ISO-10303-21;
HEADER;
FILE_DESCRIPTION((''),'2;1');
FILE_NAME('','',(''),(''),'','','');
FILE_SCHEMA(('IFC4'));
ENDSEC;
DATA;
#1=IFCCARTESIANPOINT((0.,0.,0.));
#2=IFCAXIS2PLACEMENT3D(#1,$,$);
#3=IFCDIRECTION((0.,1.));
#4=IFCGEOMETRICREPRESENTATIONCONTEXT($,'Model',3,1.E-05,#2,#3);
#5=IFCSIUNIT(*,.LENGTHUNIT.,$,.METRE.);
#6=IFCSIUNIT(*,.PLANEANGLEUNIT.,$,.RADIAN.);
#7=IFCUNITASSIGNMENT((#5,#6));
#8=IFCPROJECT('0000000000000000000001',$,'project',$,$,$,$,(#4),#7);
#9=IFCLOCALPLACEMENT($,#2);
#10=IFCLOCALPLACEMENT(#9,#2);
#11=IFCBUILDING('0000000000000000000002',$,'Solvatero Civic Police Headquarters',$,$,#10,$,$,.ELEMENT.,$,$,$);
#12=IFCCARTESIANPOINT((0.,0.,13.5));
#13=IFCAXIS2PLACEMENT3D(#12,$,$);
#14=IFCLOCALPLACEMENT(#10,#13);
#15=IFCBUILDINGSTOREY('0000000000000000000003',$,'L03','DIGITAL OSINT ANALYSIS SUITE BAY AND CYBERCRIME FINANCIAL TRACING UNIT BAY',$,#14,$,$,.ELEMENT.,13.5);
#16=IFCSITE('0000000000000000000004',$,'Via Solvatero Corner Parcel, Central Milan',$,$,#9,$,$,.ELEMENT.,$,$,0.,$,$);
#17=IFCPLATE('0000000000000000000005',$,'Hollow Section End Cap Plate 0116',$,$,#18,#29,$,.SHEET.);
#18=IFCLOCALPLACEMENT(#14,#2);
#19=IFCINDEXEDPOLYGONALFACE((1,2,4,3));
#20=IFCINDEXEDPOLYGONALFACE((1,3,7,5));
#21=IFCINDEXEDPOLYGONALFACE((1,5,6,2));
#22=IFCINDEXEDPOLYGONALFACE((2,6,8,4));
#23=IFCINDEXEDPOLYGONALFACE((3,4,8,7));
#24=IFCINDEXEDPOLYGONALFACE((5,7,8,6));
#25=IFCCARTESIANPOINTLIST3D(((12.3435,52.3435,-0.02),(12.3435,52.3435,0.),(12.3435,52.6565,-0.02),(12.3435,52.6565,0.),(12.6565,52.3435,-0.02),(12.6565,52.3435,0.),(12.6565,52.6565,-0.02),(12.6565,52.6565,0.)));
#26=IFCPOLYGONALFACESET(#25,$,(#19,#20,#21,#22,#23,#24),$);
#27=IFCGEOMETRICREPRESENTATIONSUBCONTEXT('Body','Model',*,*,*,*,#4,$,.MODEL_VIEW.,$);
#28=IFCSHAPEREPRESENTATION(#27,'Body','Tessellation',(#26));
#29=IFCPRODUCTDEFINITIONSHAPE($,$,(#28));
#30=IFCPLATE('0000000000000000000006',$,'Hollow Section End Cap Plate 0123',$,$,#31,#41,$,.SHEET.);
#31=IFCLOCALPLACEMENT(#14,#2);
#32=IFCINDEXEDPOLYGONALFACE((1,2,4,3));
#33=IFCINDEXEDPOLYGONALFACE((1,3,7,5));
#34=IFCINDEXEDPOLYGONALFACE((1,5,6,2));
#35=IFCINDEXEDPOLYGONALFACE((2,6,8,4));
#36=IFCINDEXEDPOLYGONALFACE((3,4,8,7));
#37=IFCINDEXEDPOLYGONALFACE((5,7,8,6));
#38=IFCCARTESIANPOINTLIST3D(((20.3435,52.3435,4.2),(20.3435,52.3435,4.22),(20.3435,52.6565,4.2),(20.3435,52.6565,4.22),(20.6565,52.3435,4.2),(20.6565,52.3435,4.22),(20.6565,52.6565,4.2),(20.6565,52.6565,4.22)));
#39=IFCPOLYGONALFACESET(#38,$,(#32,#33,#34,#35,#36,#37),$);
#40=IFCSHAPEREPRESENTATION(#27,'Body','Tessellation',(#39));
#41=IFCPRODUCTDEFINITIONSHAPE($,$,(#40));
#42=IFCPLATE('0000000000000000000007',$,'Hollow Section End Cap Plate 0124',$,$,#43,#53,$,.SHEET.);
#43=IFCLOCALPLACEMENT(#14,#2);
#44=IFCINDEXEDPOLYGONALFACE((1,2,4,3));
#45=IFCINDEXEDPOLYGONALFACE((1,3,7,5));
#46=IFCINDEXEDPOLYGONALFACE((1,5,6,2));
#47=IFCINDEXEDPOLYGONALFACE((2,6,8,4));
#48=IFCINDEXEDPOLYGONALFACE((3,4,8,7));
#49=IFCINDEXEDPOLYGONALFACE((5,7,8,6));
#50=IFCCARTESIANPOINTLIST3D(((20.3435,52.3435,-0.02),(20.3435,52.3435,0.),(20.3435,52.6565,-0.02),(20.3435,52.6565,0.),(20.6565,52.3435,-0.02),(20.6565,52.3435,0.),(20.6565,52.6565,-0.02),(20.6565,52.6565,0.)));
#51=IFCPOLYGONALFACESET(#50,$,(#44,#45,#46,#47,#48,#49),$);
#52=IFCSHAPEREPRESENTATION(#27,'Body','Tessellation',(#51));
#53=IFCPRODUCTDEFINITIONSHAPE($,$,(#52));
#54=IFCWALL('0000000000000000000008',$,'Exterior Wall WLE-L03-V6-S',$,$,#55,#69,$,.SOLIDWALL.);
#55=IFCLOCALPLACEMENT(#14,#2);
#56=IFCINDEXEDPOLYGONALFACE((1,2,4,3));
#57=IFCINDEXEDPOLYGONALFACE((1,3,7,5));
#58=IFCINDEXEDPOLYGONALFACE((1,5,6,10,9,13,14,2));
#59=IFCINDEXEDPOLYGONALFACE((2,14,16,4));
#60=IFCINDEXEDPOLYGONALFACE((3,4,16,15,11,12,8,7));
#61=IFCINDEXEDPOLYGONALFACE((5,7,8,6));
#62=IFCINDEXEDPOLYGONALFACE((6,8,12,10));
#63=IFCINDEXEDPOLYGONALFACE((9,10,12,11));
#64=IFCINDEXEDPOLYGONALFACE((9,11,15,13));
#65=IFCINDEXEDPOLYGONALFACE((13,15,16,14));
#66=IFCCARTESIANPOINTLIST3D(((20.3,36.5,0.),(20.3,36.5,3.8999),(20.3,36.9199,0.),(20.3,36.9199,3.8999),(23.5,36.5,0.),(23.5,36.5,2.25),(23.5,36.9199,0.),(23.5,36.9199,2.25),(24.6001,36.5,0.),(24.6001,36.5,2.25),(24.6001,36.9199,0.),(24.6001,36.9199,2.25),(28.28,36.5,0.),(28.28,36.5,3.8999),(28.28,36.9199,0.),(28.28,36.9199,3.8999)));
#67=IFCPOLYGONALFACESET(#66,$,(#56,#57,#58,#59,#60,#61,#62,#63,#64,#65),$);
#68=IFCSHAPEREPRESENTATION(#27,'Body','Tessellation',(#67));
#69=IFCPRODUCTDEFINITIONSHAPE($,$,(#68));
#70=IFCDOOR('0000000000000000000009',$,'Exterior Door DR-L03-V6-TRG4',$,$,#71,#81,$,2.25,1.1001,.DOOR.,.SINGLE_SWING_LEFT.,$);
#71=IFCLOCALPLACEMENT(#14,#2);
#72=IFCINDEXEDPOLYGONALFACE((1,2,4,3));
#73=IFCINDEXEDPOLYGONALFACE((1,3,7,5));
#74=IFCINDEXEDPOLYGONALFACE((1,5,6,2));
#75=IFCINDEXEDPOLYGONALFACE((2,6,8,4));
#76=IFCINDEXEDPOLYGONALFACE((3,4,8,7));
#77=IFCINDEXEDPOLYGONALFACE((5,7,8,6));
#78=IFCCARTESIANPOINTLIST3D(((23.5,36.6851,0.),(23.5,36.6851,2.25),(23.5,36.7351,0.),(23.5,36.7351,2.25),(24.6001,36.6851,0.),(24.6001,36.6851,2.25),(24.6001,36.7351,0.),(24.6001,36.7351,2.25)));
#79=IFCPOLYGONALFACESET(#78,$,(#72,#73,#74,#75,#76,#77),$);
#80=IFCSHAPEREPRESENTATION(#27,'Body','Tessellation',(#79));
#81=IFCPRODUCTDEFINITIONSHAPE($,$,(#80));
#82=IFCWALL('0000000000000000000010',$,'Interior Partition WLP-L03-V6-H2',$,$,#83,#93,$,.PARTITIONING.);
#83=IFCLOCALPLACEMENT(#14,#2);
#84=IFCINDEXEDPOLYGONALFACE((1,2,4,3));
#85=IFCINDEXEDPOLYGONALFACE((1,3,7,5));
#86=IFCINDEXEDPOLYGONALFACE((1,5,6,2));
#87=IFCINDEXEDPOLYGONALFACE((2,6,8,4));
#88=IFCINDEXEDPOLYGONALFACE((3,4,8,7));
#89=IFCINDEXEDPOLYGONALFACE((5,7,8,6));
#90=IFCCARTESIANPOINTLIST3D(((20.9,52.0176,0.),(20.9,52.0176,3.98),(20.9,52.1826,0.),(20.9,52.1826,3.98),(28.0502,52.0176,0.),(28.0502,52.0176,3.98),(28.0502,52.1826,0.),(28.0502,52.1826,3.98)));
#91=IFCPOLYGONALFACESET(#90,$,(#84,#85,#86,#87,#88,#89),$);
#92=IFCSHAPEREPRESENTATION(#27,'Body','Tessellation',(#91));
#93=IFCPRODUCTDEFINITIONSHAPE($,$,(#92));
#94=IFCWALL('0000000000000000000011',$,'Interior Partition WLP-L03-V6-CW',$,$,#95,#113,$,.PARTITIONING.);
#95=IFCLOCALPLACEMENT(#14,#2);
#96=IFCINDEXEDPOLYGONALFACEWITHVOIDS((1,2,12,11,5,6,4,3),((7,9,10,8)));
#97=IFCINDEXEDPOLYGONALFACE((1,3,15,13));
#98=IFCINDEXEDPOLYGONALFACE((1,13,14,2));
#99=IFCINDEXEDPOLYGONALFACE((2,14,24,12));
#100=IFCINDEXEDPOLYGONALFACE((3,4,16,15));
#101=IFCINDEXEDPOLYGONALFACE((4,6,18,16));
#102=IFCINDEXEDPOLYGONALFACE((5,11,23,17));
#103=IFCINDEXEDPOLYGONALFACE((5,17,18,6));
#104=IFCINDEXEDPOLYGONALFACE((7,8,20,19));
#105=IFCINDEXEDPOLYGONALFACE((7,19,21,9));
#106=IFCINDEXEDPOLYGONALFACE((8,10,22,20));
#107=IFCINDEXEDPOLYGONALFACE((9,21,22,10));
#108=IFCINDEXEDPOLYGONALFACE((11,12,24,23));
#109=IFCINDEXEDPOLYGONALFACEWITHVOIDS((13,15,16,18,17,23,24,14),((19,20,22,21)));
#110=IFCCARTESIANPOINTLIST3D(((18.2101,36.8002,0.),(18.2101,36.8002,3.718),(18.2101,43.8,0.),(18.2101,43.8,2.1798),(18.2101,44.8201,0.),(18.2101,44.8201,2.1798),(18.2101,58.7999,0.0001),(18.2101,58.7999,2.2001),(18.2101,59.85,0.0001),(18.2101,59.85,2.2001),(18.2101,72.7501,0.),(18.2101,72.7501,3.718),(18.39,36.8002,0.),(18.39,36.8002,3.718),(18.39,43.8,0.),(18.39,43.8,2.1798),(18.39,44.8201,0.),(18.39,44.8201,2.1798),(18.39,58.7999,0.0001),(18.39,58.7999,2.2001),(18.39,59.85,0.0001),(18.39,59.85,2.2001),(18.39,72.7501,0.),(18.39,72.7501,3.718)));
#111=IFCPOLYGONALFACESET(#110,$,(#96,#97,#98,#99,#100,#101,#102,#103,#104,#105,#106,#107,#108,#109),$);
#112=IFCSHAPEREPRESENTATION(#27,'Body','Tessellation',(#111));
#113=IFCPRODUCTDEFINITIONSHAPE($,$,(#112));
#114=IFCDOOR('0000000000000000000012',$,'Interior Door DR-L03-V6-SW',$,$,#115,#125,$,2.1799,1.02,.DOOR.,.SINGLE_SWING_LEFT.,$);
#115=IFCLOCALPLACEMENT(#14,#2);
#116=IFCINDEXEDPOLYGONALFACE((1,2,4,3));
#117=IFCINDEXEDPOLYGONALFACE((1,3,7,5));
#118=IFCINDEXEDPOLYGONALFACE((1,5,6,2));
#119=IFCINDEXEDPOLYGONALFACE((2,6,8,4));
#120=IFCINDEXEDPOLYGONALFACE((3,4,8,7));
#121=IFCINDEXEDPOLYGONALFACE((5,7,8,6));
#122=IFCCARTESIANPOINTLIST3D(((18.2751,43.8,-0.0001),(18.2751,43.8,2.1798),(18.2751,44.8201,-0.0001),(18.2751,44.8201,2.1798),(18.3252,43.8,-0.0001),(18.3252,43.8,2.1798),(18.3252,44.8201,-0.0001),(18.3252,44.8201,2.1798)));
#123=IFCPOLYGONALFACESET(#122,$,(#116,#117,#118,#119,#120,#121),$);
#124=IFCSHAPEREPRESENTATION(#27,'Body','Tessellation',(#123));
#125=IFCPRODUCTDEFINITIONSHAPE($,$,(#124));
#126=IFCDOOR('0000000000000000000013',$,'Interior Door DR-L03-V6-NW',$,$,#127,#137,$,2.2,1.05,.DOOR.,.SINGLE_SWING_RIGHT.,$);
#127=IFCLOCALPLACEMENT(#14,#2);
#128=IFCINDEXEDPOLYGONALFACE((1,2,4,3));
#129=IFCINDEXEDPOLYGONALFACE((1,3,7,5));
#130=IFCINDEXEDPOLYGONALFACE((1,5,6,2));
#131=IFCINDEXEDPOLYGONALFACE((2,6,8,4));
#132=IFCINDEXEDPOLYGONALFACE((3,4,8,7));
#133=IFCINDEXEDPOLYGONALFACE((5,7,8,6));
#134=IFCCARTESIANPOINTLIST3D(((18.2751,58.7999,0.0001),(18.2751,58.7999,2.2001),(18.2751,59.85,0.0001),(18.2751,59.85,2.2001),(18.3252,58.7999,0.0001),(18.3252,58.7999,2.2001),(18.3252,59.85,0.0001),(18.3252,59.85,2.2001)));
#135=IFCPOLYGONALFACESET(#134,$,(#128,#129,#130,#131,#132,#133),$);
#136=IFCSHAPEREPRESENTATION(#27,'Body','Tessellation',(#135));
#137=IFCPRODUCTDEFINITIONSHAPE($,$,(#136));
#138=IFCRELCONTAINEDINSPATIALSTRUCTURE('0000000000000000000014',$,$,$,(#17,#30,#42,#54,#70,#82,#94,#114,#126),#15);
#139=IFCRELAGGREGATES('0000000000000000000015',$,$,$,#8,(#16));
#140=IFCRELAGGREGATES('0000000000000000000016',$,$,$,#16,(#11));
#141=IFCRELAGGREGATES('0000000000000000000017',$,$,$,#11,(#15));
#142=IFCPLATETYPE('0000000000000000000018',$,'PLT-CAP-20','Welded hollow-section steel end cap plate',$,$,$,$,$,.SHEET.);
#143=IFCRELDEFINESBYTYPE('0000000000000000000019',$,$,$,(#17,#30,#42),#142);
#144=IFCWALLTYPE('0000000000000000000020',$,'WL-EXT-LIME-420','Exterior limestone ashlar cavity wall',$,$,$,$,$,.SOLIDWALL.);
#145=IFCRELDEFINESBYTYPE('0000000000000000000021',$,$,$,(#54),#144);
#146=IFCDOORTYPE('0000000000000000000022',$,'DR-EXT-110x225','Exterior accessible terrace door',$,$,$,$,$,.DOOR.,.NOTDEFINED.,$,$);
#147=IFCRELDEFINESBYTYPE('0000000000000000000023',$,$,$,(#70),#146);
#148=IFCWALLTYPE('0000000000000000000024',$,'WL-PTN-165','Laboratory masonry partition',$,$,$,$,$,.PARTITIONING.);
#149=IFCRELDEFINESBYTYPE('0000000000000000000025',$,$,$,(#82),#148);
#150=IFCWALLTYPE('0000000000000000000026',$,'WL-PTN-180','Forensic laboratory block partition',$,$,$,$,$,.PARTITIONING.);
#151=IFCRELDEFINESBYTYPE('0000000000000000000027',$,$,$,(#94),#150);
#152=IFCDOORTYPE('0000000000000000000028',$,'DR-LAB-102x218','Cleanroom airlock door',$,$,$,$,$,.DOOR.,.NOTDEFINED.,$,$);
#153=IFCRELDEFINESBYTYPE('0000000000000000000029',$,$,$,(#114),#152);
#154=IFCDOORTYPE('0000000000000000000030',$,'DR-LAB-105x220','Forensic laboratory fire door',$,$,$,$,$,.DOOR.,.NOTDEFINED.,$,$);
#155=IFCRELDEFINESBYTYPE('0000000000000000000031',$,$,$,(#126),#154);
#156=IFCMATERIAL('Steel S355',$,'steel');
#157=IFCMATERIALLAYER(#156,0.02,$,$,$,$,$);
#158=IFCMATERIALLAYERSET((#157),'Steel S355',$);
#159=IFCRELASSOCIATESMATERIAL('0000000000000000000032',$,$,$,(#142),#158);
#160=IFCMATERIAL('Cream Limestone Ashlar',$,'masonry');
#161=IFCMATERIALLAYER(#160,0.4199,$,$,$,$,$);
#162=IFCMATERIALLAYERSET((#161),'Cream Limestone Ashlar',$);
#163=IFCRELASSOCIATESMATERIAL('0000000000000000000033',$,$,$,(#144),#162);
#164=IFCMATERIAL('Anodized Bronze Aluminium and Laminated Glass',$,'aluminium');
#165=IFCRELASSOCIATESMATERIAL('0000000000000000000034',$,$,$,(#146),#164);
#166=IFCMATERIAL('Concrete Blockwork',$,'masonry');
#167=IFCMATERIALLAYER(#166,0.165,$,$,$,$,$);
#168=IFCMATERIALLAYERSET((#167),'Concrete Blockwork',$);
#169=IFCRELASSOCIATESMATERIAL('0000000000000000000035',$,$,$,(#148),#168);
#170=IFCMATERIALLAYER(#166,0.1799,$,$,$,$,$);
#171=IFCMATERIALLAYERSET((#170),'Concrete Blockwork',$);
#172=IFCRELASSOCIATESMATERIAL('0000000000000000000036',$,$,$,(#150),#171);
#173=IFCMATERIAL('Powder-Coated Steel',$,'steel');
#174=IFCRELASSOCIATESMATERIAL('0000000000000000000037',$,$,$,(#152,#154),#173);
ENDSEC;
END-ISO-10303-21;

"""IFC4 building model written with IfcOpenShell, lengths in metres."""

from ifc_helpers import new_model, si_unit, direction, frame, frame_2d, origin, origin_2d, place, context, subcontext, project, spatial, rectangle, extrude, material, layer, layer_set, type_object, element, fill, save


model = new_model("IFC4")

# Units and contexts
model_context = context("Model", 3, precision=1e-05, world=origin(), true_north=direction((0.0, 1.0)))
body_context = subcontext(model_context, "Body", "Model", "MODEL_VIEW")
ifc_project = project(units=[si_unit("LENGTHUNIT", "METRE"), si_unit("PLANEANGLEUNIT", "RADIAN")], contexts=[model_context])

# Site, building, storey
site_placement = place(None, origin())
site = spatial("IfcSite", under=ifc_project, at=site_placement, Name="Via Solvatero Corner Parcel, Central Milan", CompositionType="ELEMENT", RefElevation=0.0)
building_placement = place(site_placement, origin())
building = spatial("IfcBuilding", under=site, at=building_placement, Name="Solvatero Civic Police Headquarters", CompositionType="ELEMENT")
storey_placement = place(building_placement, frame((0.0, 0.0, 13.5)))
storey = spatial("IfcBuildingStorey", under=building, at=storey_placement, Name="L03", Description="DIGITAL OSINT ANALYSIS SUITE BAY AND CYBERCRIME FINANCIAL TRACING UNIT BAY", CompositionType="ELEMENT", Elevation=13.5)

# Shared definitions
ifc_material_1 = material(Name="Steel S355", Category="steel")

# Plates
ifc_layer_1 = layer(ifc_material_1, 0.02)
ifc_layer_set_1 = layer_set([ifc_layer_1], Name="Steel S355")
plate_type = type_object("IfcPlateType", Name="PLT-CAP-20", Description="Welded hollow-section steel end cap plate", PredefinedType="SHEET", material=ifc_layer_set_1)
for number, where, z_axis, x_axis, name in (
    (1, (12.5, 52.5, -0.02), (0.0, 0.0, 1.0), (1.0, 0.0, 0.0), "Hollow Section End Cap Plate 0116"),
    (2, (20.5, 52.5, 4.2), (0.0, 0.0, 1.0), (1.0, 0.0, 0.0), "Hollow Section End Cap Plate 0123"),
    (3, (20.5, 52.5, -0.02), (0.0, 0.0, 1.0), (1.0, 0.0, 0.0), "Hollow Section End Cap Plate 0124"),
):
    element("IfcPlate", number, at=place(storey_placement, frame(where, z_axis=z_axis, x_axis=x_axis)), inside=storey, type_object=plate_type, Name=name, PredefinedType="SHEET", context=body_context, shape_type="SweptSolid", body=[
        extrude(rectangle(XDim=0.313, YDim=0.313, at=origin_2d()), origin(), (0.0, 0.0, 1.0), 0.02),
    ])

# Wall, opening, door
ifc_material_2 = material(Name="Cream Limestone Ashlar", Category="masonry")
ifc_layer_2 = layer(ifc_material_2, 0.4199)
ifc_layer_set_2 = layer_set([ifc_layer_2], Name="Cream Limestone Ashlar")
wall_type_1 = type_object("IfcWallType", Name="WL-EXT-LIME-420", Description="Exterior limestone ashlar cavity wall", PredefinedType="SOLIDWALL", material=ifc_layer_set_2)
wall_1_placement = place(storey_placement, frame((20.3, 36.71, 0.0), z_axis=(0.0, 0.0, 1.0), x_axis=(1.0, 0.0, 0.0)))
wall_1 = element("IfcWall", 4, at=wall_1_placement, inside=storey, type_object=wall_type_1, Name="Exterior Wall WLE-L03-V6-S", PredefinedType="SOLIDWALL", context=body_context, shape_type="SweptSolid", body=[
    extrude(rectangle(XDim=7.98, YDim=0.4199, at=frame_2d((3.99, 0.0))), origin(), (0.0, 0.0, 1.0), 3.8999),
])
opening_1_placement = place(wall_1_placement, frame((4.3, 0.0, 0.0), z_axis=(0.0, 0.0, 1.0), x_axis=(-1.0, 0.0, 0.0)))
opening_1 = element("IfcOpeningElement", 5, at=opening_1_placement, cuts=wall_1, PredefinedType="OPENING", context=body_context, shape_type="SweptSolid", body=[
    extrude(rectangle(XDim=1.1001, YDim=2.25, at=frame_2d((0.55, 1.125))), frame((0.0, 0.22, 0.0), z_axis=(0.0, -1.0, 0.0), x_axis=(1.0, 0.0, 0.0)), (0.0, 0.0, 1.0), 0.4399),
])
ifc_material_3 = material(Name="Anodized Bronze Aluminium and Laminated Glass", Category="aluminium")
door_type_1 = type_object("IfcDoorType", Name="DR-EXT-110x225", Description="Exterior accessible terrace door", OperationType="NOTDEFINED", PredefinedType="DOOR", material=ifc_material_3)
door_1_placement = place(opening_1_placement, origin())
door_1 = element("IfcDoor", 6, at=door_1_placement, inside=storey, type_object=door_type_1, Name="Exterior Door DR-L03-V6-TRG4", OperationType="SINGLE_SWING_LEFT", OverallHeight=2.25, OverallWidth=1.1001, PredefinedType="DOOR", context=body_context, shape_type="SweptSolid", body=[
    extrude(rectangle(XDim=1.1001, YDim=2.25, at=frame_2d((0.55, 1.125))), frame((0.0, 0.0249, 0.0), z_axis=(0.0, -1.0, 0.0), x_axis=(1.0, 0.0, 0.0)), (0.0, 0.0, 1.0), 0.05),
])
fill(opening_1, door_1)

# Wall
ifc_material_4 = material(Name="Concrete Blockwork", Category="masonry")
ifc_layer_3 = layer(ifc_material_4, 0.165)
ifc_layer_set_3 = layer_set([ifc_layer_3], Name="Concrete Blockwork")
wall_type_2 = type_object("IfcWallType", Name="WL-PTN-165", Description="Laboratory masonry partition", PredefinedType="PARTITIONING", material=ifc_layer_set_3)
wall_2_placement = place(storey_placement, frame((20.8999, 52.1001, 0.0), z_axis=(0.0, 0.0, 1.0), x_axis=(1.0, 0.0, 0.0)))
element("IfcWall", 7, at=wall_2_placement, inside=storey, type_object=wall_type_2, Name="Interior Partition WLP-L03-V6-H2", PredefinedType="PARTITIONING", context=body_context, shape_type="SweptSolid", body=[
    extrude(rectangle(XDim=7.1501, YDim=0.165, at=frame_2d((3.5752, 0.0))), origin(), (0.0, 0.0, 1.0), 3.98),
])

# Wall, openings, doors
ifc_layer_4 = layer(ifc_material_4, 0.1799)
ifc_layer_set_4 = layer_set([ifc_layer_4], Name="Concrete Blockwork")
wall_type_3 = type_object("IfcWallType", Name="WL-PTN-180", Description="Forensic laboratory block partition", PredefinedType="PARTITIONING", material=ifc_layer_set_4)
wall_3_placement = place(storey_placement, frame((18.3, 36.8, 0.0), z_axis=(0.0, 0.0, 1.0), x_axis=(0.0, 1.0, 0.0)))
wall_3 = element("IfcWall", 8, at=wall_3_placement, inside=storey, type_object=wall_type_3, Name="Interior Partition WLP-L03-V6-CW", PredefinedType="PARTITIONING", context=body_context, shape_type="SweptSolid", body=[
    extrude(rectangle(XDim=35.95, YDim=0.1799, at=frame_2d((17.9751, 0.0))), origin(), (0.0, 0.0, 1.0), 3.718),
])
opening_2_placement = place(wall_3_placement, frame((7.0, 0.0, 0.0)))
opening_2 = element("IfcOpeningElement", 9, at=opening_2_placement, cuts=wall_3, PredefinedType="OPENING", context=body_context, shape_type="SweptSolid", body=[
    extrude(rectangle(XDim=1.02, YDim=2.1799, at=frame_2d((0.51, 1.0898))), frame((0.0, 0.0999, 0.0), z_axis=(0.0, -1.0, 0.0), x_axis=(1.0, 0.0, 0.0)), (0.0, 0.0, 1.0), 0.2),
])
opening_3_placement = place(wall_3_placement, frame((22.0, 0.0, 0.0)))
opening_3 = element("IfcOpeningElement", 10, at=opening_3_placement, cuts=wall_3, PredefinedType="OPENING", context=body_context, shape_type="SweptSolid", body=[
    extrude(rectangle(XDim=1.05, YDim=2.2, at=frame_2d((0.5249, 1.1001))), frame((0.0, 0.0999, 0.0), z_axis=(0.0, -1.0, 0.0), x_axis=(1.0, 0.0, 0.0)), (0.0, 0.0, 1.0), 0.2),
])
ifc_material_5 = material(Name="Powder-Coated Steel", Category="steel")
door_type_2 = type_object("IfcDoorType", Name="DR-LAB-102x218", Description="Cleanroom airlock door", OperationType="NOTDEFINED", PredefinedType="DOOR", material=ifc_material_5)
door_2_placement = place(opening_2_placement, origin())
door_2 = element("IfcDoor", 11, at=door_2_placement, inside=storey, type_object=door_type_2, Name="Interior Door DR-L03-V6-SW", OperationType="SINGLE_SWING_LEFT", OverallHeight=2.1799, OverallWidth=1.02, PredefinedType="DOOR", context=body_context, shape_type="SweptSolid", body=[
    extrude(rectangle(XDim=1.02, YDim=2.1799, at=frame_2d((0.51, 1.0898))), frame((0.0, 0.0249, 0.0), z_axis=(0.0, -1.0, 0.0), x_axis=(1.0, 0.0, 0.0)), (0.0, 0.0, 1.0), 0.05),
])
fill(opening_2, door_2)
door_type_3 = type_object("IfcDoorType", Name="DR-LAB-105x220", Description="Forensic laboratory fire door", OperationType="NOTDEFINED", PredefinedType="DOOR", material=ifc_material_5)
door_3_placement = place(opening_3_placement, origin())
door_3 = element("IfcDoor", 12, at=door_3_placement, inside=storey, type_object=door_type_3, Name="Interior Door DR-L03-V6-NW", OperationType="SINGLE_SWING_RIGHT", OverallHeight=2.2, OverallWidth=1.05, PredefinedType="DOOR", context=body_context, shape_type="SweptSolid", body=[
    extrude(rectangle(XDim=1.05, YDim=2.2, at=frame_2d((0.5249, 1.1001))), frame((0.0, 0.0249, 0.0), z_axis=(0.0, -1.0, 0.0), x_axis=(1.0, 0.0, 0.0)), (0.0, 0.0, 1.0), 0.05),
])
fill(opening_3, door_3)

save(model, "model.ifc")
